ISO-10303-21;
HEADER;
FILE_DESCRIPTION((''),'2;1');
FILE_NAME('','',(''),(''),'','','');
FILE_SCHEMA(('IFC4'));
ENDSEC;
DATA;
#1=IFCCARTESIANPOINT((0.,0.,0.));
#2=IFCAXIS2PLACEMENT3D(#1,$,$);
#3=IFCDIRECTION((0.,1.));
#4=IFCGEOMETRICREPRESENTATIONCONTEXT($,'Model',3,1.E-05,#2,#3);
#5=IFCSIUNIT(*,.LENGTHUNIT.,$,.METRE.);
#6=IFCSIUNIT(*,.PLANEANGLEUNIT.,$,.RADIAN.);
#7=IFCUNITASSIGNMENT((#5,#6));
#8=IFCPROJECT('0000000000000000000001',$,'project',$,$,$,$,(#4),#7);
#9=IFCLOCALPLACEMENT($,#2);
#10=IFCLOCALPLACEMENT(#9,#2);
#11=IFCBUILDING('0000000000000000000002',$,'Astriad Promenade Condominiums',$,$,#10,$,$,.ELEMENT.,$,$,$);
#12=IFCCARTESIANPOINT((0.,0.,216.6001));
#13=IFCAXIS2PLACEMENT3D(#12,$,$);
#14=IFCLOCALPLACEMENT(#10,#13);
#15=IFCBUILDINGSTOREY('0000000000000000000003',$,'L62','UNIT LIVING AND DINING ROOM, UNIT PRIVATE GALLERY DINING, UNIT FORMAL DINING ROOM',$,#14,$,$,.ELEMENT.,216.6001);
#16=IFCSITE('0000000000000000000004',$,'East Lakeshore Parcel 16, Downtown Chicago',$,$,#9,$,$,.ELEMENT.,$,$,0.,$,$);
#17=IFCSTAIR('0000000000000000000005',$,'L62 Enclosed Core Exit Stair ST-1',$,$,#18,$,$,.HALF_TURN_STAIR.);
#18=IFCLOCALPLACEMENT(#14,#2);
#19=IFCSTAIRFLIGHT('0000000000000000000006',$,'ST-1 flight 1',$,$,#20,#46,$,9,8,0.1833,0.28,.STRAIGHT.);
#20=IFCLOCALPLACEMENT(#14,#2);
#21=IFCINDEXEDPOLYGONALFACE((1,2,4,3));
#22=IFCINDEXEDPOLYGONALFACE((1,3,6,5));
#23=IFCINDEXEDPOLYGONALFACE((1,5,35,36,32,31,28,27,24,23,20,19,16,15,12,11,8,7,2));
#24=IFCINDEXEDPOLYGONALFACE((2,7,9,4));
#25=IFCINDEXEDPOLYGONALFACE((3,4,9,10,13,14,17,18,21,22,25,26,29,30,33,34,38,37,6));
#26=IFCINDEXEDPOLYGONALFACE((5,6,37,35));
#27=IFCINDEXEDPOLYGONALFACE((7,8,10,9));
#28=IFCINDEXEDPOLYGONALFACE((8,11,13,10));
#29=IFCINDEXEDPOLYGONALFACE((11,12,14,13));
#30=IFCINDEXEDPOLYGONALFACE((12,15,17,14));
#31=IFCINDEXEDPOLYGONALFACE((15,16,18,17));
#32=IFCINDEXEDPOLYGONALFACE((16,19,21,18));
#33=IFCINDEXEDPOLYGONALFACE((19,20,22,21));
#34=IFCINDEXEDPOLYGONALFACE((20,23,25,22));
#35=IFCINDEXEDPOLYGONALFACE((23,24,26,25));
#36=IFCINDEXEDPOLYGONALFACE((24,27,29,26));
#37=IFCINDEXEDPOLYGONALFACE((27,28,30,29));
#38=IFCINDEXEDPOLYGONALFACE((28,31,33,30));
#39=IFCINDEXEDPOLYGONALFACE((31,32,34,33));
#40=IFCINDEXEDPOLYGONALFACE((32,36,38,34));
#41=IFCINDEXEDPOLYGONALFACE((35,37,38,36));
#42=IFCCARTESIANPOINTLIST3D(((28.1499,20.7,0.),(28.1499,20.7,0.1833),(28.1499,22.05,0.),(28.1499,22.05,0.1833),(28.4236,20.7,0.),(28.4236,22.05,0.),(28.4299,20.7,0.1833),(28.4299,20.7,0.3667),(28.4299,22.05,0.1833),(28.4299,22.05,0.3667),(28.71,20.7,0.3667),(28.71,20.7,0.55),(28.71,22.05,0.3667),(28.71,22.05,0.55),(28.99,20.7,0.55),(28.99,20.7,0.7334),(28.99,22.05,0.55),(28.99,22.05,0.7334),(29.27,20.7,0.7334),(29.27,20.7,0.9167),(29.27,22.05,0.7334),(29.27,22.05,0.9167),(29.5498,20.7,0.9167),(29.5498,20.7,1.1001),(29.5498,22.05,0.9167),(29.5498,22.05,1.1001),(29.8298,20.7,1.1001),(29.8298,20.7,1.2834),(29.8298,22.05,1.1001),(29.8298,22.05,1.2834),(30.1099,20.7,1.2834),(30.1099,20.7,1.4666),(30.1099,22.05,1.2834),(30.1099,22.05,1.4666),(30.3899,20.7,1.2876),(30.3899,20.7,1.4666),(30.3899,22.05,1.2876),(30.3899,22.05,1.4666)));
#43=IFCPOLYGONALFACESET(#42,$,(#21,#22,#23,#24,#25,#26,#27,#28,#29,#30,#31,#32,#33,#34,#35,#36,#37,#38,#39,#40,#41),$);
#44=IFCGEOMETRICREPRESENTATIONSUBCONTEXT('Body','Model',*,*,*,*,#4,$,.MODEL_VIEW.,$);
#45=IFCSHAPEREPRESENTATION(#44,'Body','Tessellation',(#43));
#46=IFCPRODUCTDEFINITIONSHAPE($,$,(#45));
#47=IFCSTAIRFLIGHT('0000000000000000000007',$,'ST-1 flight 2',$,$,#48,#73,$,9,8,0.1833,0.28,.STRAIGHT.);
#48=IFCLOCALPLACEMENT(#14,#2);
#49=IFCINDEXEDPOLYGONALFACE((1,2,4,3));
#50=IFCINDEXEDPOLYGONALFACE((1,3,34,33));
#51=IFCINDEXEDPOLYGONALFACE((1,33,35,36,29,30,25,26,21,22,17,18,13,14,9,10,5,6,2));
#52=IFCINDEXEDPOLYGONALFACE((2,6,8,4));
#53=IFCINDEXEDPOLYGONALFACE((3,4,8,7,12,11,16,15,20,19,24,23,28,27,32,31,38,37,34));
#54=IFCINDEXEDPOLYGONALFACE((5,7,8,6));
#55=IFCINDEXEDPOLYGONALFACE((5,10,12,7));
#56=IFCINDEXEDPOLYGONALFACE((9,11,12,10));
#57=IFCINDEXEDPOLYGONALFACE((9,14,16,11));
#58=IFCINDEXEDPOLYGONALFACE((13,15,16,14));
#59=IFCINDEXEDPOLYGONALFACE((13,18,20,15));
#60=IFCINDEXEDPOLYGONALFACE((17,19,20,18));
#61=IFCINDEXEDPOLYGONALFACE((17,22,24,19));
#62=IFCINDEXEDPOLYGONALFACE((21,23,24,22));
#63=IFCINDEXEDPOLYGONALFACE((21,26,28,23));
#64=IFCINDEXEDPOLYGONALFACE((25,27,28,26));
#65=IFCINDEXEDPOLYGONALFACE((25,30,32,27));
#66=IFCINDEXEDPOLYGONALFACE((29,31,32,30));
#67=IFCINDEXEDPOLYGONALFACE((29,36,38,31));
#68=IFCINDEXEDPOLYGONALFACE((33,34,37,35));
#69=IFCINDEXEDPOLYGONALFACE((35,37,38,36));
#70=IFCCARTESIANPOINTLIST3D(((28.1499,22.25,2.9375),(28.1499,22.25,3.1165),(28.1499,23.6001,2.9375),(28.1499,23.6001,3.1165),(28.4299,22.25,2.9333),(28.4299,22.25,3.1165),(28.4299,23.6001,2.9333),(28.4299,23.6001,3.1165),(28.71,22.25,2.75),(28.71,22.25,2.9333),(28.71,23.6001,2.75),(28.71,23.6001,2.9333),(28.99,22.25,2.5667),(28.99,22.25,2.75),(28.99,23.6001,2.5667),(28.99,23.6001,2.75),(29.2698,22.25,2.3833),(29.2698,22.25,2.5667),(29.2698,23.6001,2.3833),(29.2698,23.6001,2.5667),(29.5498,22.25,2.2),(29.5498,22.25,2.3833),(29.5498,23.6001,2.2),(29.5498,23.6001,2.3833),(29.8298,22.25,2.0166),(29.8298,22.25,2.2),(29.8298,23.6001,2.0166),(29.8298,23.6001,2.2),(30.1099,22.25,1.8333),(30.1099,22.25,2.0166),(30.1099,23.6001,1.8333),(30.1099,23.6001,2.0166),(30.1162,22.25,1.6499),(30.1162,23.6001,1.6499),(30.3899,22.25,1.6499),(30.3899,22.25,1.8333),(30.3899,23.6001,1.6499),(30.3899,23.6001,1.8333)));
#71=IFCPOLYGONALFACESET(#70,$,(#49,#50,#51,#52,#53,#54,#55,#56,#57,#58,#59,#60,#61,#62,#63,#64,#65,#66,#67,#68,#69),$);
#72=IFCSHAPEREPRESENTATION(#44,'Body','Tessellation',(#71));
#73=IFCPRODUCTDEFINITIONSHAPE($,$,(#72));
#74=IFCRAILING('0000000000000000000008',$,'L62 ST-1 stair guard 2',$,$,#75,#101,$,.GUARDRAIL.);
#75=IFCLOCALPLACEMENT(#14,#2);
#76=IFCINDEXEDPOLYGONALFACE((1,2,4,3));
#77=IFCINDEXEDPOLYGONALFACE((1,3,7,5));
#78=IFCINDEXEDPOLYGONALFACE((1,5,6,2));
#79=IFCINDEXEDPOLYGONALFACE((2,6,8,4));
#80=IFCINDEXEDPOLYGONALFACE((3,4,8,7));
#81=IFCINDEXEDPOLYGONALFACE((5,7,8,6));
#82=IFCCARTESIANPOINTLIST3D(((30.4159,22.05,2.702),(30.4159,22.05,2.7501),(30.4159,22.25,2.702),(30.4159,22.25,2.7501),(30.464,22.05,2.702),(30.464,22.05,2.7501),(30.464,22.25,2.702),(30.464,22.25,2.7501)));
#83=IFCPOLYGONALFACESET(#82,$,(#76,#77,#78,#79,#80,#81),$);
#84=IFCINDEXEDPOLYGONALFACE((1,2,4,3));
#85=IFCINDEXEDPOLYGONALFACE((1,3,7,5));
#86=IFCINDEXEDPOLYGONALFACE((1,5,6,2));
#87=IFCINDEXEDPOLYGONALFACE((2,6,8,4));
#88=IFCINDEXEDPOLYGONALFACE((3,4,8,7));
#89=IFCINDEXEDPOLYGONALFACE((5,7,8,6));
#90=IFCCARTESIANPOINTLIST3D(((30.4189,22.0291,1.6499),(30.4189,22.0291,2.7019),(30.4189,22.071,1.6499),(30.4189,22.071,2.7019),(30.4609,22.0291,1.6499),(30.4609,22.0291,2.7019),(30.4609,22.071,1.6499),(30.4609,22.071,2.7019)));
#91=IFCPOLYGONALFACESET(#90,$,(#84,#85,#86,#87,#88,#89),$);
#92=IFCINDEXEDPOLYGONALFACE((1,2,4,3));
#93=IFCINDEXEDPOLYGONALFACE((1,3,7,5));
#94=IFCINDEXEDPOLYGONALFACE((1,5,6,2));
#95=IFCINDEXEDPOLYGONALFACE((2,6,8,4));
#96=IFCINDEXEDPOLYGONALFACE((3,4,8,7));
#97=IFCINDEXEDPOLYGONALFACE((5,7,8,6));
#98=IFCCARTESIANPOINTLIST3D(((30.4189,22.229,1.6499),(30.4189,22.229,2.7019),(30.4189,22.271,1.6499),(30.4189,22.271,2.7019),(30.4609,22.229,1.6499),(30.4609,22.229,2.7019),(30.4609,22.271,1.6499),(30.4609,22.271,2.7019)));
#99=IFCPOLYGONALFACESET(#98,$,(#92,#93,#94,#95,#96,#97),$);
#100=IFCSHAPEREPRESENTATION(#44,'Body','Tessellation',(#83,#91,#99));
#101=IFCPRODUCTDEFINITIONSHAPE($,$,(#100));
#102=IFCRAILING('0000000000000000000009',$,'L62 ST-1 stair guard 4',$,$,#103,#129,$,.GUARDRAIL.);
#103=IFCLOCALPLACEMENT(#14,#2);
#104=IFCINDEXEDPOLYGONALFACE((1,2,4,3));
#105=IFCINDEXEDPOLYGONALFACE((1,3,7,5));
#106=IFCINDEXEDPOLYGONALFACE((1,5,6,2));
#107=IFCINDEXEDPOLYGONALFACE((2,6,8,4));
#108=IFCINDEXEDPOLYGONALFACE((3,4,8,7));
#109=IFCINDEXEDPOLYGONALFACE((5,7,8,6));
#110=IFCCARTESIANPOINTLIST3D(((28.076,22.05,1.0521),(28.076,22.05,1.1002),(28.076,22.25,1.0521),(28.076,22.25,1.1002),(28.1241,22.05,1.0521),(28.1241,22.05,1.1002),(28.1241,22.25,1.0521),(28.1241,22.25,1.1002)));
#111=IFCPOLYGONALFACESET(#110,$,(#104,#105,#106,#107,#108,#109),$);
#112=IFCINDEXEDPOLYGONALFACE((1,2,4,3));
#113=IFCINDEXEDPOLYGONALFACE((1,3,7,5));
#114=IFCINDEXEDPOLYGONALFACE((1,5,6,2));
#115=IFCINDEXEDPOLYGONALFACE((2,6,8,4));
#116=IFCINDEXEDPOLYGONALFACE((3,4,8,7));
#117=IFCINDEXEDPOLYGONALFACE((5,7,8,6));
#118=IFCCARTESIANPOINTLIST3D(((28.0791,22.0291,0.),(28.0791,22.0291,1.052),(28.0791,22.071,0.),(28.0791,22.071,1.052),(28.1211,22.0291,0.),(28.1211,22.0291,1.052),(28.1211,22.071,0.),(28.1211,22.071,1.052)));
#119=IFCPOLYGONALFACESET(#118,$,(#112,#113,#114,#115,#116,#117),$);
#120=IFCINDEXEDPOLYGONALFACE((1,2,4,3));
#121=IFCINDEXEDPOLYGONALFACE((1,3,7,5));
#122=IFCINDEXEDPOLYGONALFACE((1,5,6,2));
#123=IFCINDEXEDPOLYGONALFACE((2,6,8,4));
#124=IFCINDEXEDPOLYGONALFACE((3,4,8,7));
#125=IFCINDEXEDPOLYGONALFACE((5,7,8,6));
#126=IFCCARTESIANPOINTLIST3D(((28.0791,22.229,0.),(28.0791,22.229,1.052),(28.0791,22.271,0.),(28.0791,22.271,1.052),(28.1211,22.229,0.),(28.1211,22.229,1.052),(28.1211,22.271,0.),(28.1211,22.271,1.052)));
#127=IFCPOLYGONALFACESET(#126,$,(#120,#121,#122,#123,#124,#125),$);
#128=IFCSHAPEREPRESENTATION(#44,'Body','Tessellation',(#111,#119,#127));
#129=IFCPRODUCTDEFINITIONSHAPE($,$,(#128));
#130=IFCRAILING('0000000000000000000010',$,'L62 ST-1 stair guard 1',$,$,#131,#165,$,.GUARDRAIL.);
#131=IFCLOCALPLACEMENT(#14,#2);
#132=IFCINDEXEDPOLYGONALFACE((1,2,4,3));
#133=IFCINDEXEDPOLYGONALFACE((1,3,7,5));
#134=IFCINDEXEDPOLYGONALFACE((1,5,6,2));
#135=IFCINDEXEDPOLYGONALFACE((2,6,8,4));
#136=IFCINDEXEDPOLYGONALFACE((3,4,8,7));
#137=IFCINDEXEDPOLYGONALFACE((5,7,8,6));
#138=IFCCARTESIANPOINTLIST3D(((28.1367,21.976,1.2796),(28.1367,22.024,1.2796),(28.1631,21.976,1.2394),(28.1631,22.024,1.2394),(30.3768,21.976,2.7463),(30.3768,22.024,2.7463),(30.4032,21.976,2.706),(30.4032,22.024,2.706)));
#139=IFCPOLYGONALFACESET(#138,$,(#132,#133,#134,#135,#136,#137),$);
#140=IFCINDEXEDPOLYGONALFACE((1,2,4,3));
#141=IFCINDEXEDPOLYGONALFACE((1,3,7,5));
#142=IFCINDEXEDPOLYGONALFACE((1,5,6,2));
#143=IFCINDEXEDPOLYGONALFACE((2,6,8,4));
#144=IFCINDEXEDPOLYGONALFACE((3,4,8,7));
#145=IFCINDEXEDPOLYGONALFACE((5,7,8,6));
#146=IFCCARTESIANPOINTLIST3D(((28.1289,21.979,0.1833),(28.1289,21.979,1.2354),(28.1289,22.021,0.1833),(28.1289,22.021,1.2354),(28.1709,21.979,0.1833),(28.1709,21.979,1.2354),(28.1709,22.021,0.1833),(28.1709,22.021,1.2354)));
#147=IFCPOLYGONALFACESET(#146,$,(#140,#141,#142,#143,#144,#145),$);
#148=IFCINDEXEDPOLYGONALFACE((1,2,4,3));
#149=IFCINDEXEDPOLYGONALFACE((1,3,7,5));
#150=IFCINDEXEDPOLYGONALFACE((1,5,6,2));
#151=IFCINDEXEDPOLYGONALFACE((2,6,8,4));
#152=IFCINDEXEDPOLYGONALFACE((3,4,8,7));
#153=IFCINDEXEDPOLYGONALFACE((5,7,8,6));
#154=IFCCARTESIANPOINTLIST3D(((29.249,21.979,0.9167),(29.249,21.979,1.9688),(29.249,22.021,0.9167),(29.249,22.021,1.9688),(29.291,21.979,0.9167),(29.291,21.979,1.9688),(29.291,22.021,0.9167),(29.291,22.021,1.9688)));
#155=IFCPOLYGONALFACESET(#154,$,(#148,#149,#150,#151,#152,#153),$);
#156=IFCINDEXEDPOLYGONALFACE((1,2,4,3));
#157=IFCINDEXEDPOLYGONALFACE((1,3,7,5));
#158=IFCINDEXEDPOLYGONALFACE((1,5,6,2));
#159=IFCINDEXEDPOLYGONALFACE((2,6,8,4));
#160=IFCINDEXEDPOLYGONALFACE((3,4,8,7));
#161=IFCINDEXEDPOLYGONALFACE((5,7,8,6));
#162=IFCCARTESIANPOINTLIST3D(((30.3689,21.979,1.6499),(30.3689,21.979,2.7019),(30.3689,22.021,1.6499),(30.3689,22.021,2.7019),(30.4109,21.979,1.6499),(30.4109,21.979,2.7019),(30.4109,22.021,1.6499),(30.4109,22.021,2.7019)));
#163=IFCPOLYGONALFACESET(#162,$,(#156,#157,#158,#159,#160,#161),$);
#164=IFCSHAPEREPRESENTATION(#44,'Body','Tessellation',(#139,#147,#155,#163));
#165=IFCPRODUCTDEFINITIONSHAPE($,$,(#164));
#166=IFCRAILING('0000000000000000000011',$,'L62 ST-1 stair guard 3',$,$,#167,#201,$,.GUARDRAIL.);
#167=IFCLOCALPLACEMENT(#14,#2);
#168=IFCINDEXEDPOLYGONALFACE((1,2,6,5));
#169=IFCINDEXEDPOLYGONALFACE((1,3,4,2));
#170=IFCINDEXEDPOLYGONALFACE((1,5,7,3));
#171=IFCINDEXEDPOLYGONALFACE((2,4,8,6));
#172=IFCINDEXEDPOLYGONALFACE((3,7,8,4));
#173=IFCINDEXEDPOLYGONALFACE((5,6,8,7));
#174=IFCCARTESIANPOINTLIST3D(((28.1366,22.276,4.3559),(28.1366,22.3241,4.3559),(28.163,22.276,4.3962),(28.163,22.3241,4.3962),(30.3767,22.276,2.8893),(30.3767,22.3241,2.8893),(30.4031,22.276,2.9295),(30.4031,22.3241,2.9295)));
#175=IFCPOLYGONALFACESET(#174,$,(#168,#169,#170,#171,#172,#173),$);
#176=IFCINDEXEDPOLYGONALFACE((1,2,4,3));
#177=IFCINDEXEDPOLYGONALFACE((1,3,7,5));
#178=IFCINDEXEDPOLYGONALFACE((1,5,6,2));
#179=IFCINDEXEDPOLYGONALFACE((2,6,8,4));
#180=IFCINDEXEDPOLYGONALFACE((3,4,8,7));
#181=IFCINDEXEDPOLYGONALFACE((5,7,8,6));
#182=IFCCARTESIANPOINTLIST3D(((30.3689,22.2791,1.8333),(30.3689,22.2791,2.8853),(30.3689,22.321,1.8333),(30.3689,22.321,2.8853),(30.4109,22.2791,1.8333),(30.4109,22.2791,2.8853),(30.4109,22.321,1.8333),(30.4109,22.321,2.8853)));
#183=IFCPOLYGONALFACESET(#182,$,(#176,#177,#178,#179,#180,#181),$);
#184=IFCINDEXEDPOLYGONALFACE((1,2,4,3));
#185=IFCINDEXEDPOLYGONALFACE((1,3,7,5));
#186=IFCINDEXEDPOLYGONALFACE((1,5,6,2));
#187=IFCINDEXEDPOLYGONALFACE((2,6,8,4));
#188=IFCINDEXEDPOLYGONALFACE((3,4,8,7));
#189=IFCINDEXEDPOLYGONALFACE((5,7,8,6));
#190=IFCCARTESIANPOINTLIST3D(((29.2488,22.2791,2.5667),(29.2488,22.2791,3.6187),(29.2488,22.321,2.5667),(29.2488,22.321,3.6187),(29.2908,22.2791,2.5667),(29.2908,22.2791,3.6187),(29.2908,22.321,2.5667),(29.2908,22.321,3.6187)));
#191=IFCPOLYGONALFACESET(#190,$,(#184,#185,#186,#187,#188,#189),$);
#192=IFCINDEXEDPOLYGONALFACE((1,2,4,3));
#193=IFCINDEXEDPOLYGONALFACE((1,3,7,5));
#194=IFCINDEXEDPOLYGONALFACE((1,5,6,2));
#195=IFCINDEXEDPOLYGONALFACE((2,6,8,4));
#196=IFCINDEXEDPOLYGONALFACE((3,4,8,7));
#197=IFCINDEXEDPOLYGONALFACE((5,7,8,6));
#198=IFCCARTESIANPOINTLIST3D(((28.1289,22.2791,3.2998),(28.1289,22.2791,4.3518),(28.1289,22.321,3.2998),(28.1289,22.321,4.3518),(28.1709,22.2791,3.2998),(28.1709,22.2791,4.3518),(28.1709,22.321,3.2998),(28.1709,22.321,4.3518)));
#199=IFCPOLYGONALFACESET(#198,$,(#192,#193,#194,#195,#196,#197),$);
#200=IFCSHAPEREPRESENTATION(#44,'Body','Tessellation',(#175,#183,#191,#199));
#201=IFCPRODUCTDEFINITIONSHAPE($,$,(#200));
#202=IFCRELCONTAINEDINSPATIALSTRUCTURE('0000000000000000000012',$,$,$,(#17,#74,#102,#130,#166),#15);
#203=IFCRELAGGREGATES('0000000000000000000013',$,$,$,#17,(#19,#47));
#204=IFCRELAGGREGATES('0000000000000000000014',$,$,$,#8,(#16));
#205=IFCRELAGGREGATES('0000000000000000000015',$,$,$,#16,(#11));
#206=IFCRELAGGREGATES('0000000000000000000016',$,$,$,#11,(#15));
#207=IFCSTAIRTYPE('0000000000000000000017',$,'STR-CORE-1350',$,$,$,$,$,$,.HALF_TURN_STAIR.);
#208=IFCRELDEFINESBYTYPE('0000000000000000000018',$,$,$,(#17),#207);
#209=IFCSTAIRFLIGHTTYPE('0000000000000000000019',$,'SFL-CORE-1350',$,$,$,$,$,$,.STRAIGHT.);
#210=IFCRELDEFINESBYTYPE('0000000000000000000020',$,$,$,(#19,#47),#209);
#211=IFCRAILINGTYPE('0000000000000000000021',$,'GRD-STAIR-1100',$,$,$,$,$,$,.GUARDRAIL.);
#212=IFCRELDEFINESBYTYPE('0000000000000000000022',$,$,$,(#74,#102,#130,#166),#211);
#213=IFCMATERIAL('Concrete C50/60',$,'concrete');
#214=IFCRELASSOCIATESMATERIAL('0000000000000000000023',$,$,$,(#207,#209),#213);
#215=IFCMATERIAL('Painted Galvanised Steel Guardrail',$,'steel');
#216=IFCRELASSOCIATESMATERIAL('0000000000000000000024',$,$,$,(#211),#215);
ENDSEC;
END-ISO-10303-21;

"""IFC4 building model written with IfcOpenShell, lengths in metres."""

from ifc_helpers import new_model, si_unit, direction, frame, origin, origin_2d, place, context, subcontext, project, spatial, polyline, rectangle, outline, extrude, source, transform, mapped, material, type_object, type_shapes, element, aggregate, save


model = new_model("IFC4")

# Units and contexts
model_context = context("Model", 3, precision=1e-05, world=origin(), true_north=direction((0.0, 1.0)))
body_context = subcontext(model_context, "Body", "Model", "MODEL_VIEW")
ifc_project = project(units=[si_unit("LENGTHUNIT", "METRE"), si_unit("PLANEANGLEUNIT", "RADIAN")], contexts=[model_context])

# Site, building, storey
site_placement = place(None, origin())
site = spatial("IfcSite", under=ifc_project, at=site_placement, Name="East Lakeshore Parcel 16, Downtown Chicago", CompositionType="ELEMENT", RefElevation=0.0)
building_placement = place(site_placement, origin())
building = spatial("IfcBuilding", under=site, at=building_placement, Name="Astriad Promenade Condominiums", CompositionType="ELEMENT")
storey_placement = place(building_placement, frame((0.0, 0.0, 216.6001)))
storey = spatial("IfcBuildingStorey", under=building, at=storey_placement, Name="L62", Description="UNIT LIVING AND DINING ROOM, UNIT PRIVATE GALLERY DINING, UNIT FORMAL DINING ROOM", CompositionType="ELEMENT", Elevation=216.6001)

# Shared definitions
ifc_material_1 = material(Name="Concrete C50/60", Category="concrete")

# Stair, stair flights
stair_type = type_object("IfcStairType", Name="STR-CORE-1350", PredefinedType="HALF_TURN_STAIR", material=ifc_material_1)
stair_placement = place(storey_placement, origin())
stair = element("IfcStair", 1, at=stair_placement, inside=storey, type_object=stair_type, Name="L62 Enclosed Core Exit Stair ST-1", PredefinedType="HALF_TURN_STAIR")
stair_flight_type = type_object("IfcStairFlightType", Name="SFL-CORE-1350", PredefinedType="STRAIGHT", material=ifc_material_1)
shared_shape_1 = source(origin(), body_context, "Body", "SweptSolid", [
    extrude(outline(polyline([(0.0, 0.0), (0.0, 0.1833), (0.28, 0.1833), (0.28, 0.3667), (0.5601, 0.3667), (0.5601, 0.55), (0.8401, 0.55), (0.8401, 0.7334), (1.1201, 0.7334), (1.1201, 0.9167), (1.3999, 0.9167), (1.3999, 1.1001), (1.6799, 1.1001), (1.6799, 1.2834), (1.96, 1.2834), (1.96, 1.4666), (2.24, 1.4666), (2.24, 1.6499), (2.24, 1.2876), (0.2737, 0.0), (0.0, 0.0)])), frame((0.0, 0.675, 0.0), z_axis=(0.0, -1.0, 0.0), x_axis=(1.0, 0.0, 0.0)), (0.0, 0.0, 1.0), 1.3501),
])
type_shapes(stair_flight_type, [shared_shape_1])
stair_flight_1_placement = place(storey_placement, frame((28.1499, 21.375, 0.0), z_axis=(0.0, 0.0, 1.0), x_axis=(1.0, 0.0, 0.0)))
stair_flight_1 = element("IfcStairFlight", 2, at=stair_flight_1_placement, type_object=stair_flight_type, Name="ST-1 flight 1", NumberOfRisers=9, NumberOfTreads=8, PredefinedType="STRAIGHT", RiserHeight=0.1833, TreadLength=0.28, context=body_context, shape_type="MappedRepresentation", body=[
    mapped(shared_shape_1, transform((0.0, 0.0, 0.0), scale=1.0)),
])
stair_flight_2_placement = place(storey_placement, frame((30.3899, 22.925, 1.6499), z_axis=(0.0, 0.0, 1.0), x_axis=(-1.0, 0.0, 0.0)))
stair_flight_2 = element("IfcStairFlight", 3, at=stair_flight_2_placement, type_object=stair_flight_type, Name="ST-1 flight 2", NumberOfRisers=9, NumberOfTreads=8, PredefinedType="STRAIGHT", RiserHeight=0.1833, TreadLength=0.28, context=body_context, shape_type="MappedRepresentation", body=[
    mapped(shared_shape_1, transform((0.0, 0.0, 0.0), scale=1.0)),
])
aggregate(stair, [stair_flight_1, stair_flight_2])

# Railings
ifc_material_2 = material(Name="Painted Galvanised Steel Guardrail", Category="steel")
railing_type_1 = type_object("IfcRailingType", Name="GRD-STAIR-1100", PredefinedType="GUARDRAIL", material=ifc_material_2)
shared_shape_2 = source(origin(), body_context, "Body", "SweptSolid", [
    extrude(rectangle(XDim=0.0481, YDim=0.0481, at=origin_2d()), frame((0.0, 0.0, 1.0762), z_axis=(0.0, 1.0, 0.0), x_axis=(-1.0, 0.0, 0.0)), (0.0, 0.0, 1.0), 0.2),
    extrude(rectangle(XDim=0.042, YDim=0.042, at=origin_2d()), origin(), (0.0, 0.0, 1.0), 1.052),
    extrude(rectangle(XDim=0.042, YDim=0.042, at=origin_2d()), frame((0.0, 0.2, 0.0)), (0.0, 0.0, 1.0), 1.052),
])
for number, where, name in (
    (4, (30.4399, 22.05, 1.6499), "L62 ST-1 stair guard 2"),
    (5, (28.1001, 22.05, 0.0), "L62 ST-1 stair guard 4"),
):
    element("IfcRailing", number, at=place(storey_placement, frame(where)), inside=storey, type_object=railing_type_1, Name=name, PredefinedType="GUARDRAIL", context=body_context, shape_type="MappedRepresentation", body=[
        mapped(shared_shape_2, transform((0.0, 0.0, 0.0), scale=1.0)),
    ])
shared_shape_3 = source(origin(), body_context, "Body", "SweptSolid", [
    extrude(rectangle(XDim=0.0481, YDim=0.0481, at=origin_2d()), frame((0.0, 0.0, 1.0762), z_axis=(0.836637, 0.0, 0.547758), x_axis=(0.0, 1.0, 0.0)), (0.0, 0.0, 1.0), 2.6775),
    extrude(rectangle(XDim=0.042, YDim=0.042, at=origin_2d()), origin(), (0.0, 0.0, 1.0), 1.052),
    extrude(rectangle(XDim=0.042, YDim=0.042, at=origin_2d()), frame((1.1201, 0.0, 0.7334)), (0.0, 0.0, 1.0), 1.052),
    extrude(rectangle(XDim=0.042, YDim=0.042, at=origin_2d()), frame((2.24, 0.0, 1.4666)), (0.0, 0.0, 1.0), 1.052),
])
railing_1_placement = place(storey_placement, frame((28.1499, 22.0, 0.1833)))
element("IfcRailing", 6, at=railing_1_placement, inside=storey, type_object=railing_type_1, Name="L62 ST-1 stair guard 1", PredefinedType="GUARDRAIL", context=body_context, shape_type="MappedRepresentation", body=[
    mapped(shared_shape_3, transform((0.0, 0.0, 0.0), scale=1.0)),
])
shared_shape_4 = source(origin(), body_context, "Body", "SweptSolid", [
    extrude(rectangle(XDim=0.0481, YDim=0.0481, at=origin_2d()), frame((0.0, 0.0, 1.0762), z_axis=(-0.836637, 0.0, 0.547758), x_axis=(0.0, -1.0, 0.0)), (0.0, 0.0, 1.0), 2.6775),
    extrude(rectangle(XDim=0.042, YDim=0.042, at=origin_2d()), origin(), (0.0, 0.0, 1.0), 1.052),
    extrude(rectangle(XDim=0.042, YDim=0.042, at=origin_2d()), frame((-1.1201, 0.0, 0.7334)), (0.0, 0.0, 1.0), 1.052),
    extrude(rectangle(XDim=0.042, YDim=0.042, at=origin_2d()), frame((-2.24, 0.0, 1.4666)), (0.0, 0.0, 1.0), 1.052),
])
type_shapes(railing_type_1, [shared_shape_2, shared_shape_3, shared_shape_4])
railing_2_placement = place(storey_placement, frame((30.3899, 22.3, 1.8333)))
element("IfcRailing", 7, at=railing_2_placement, inside=storey, type_object=railing_type_1, Name="L62 ST-1 stair guard 3", PredefinedType="GUARDRAIL", context=body_context, shape_type="MappedRepresentation", body=[
    mapped(shared_shape_4, transform((0.0, 0.0, 0.0), scale=1.0)),
])

save(model, "model.ifc")
